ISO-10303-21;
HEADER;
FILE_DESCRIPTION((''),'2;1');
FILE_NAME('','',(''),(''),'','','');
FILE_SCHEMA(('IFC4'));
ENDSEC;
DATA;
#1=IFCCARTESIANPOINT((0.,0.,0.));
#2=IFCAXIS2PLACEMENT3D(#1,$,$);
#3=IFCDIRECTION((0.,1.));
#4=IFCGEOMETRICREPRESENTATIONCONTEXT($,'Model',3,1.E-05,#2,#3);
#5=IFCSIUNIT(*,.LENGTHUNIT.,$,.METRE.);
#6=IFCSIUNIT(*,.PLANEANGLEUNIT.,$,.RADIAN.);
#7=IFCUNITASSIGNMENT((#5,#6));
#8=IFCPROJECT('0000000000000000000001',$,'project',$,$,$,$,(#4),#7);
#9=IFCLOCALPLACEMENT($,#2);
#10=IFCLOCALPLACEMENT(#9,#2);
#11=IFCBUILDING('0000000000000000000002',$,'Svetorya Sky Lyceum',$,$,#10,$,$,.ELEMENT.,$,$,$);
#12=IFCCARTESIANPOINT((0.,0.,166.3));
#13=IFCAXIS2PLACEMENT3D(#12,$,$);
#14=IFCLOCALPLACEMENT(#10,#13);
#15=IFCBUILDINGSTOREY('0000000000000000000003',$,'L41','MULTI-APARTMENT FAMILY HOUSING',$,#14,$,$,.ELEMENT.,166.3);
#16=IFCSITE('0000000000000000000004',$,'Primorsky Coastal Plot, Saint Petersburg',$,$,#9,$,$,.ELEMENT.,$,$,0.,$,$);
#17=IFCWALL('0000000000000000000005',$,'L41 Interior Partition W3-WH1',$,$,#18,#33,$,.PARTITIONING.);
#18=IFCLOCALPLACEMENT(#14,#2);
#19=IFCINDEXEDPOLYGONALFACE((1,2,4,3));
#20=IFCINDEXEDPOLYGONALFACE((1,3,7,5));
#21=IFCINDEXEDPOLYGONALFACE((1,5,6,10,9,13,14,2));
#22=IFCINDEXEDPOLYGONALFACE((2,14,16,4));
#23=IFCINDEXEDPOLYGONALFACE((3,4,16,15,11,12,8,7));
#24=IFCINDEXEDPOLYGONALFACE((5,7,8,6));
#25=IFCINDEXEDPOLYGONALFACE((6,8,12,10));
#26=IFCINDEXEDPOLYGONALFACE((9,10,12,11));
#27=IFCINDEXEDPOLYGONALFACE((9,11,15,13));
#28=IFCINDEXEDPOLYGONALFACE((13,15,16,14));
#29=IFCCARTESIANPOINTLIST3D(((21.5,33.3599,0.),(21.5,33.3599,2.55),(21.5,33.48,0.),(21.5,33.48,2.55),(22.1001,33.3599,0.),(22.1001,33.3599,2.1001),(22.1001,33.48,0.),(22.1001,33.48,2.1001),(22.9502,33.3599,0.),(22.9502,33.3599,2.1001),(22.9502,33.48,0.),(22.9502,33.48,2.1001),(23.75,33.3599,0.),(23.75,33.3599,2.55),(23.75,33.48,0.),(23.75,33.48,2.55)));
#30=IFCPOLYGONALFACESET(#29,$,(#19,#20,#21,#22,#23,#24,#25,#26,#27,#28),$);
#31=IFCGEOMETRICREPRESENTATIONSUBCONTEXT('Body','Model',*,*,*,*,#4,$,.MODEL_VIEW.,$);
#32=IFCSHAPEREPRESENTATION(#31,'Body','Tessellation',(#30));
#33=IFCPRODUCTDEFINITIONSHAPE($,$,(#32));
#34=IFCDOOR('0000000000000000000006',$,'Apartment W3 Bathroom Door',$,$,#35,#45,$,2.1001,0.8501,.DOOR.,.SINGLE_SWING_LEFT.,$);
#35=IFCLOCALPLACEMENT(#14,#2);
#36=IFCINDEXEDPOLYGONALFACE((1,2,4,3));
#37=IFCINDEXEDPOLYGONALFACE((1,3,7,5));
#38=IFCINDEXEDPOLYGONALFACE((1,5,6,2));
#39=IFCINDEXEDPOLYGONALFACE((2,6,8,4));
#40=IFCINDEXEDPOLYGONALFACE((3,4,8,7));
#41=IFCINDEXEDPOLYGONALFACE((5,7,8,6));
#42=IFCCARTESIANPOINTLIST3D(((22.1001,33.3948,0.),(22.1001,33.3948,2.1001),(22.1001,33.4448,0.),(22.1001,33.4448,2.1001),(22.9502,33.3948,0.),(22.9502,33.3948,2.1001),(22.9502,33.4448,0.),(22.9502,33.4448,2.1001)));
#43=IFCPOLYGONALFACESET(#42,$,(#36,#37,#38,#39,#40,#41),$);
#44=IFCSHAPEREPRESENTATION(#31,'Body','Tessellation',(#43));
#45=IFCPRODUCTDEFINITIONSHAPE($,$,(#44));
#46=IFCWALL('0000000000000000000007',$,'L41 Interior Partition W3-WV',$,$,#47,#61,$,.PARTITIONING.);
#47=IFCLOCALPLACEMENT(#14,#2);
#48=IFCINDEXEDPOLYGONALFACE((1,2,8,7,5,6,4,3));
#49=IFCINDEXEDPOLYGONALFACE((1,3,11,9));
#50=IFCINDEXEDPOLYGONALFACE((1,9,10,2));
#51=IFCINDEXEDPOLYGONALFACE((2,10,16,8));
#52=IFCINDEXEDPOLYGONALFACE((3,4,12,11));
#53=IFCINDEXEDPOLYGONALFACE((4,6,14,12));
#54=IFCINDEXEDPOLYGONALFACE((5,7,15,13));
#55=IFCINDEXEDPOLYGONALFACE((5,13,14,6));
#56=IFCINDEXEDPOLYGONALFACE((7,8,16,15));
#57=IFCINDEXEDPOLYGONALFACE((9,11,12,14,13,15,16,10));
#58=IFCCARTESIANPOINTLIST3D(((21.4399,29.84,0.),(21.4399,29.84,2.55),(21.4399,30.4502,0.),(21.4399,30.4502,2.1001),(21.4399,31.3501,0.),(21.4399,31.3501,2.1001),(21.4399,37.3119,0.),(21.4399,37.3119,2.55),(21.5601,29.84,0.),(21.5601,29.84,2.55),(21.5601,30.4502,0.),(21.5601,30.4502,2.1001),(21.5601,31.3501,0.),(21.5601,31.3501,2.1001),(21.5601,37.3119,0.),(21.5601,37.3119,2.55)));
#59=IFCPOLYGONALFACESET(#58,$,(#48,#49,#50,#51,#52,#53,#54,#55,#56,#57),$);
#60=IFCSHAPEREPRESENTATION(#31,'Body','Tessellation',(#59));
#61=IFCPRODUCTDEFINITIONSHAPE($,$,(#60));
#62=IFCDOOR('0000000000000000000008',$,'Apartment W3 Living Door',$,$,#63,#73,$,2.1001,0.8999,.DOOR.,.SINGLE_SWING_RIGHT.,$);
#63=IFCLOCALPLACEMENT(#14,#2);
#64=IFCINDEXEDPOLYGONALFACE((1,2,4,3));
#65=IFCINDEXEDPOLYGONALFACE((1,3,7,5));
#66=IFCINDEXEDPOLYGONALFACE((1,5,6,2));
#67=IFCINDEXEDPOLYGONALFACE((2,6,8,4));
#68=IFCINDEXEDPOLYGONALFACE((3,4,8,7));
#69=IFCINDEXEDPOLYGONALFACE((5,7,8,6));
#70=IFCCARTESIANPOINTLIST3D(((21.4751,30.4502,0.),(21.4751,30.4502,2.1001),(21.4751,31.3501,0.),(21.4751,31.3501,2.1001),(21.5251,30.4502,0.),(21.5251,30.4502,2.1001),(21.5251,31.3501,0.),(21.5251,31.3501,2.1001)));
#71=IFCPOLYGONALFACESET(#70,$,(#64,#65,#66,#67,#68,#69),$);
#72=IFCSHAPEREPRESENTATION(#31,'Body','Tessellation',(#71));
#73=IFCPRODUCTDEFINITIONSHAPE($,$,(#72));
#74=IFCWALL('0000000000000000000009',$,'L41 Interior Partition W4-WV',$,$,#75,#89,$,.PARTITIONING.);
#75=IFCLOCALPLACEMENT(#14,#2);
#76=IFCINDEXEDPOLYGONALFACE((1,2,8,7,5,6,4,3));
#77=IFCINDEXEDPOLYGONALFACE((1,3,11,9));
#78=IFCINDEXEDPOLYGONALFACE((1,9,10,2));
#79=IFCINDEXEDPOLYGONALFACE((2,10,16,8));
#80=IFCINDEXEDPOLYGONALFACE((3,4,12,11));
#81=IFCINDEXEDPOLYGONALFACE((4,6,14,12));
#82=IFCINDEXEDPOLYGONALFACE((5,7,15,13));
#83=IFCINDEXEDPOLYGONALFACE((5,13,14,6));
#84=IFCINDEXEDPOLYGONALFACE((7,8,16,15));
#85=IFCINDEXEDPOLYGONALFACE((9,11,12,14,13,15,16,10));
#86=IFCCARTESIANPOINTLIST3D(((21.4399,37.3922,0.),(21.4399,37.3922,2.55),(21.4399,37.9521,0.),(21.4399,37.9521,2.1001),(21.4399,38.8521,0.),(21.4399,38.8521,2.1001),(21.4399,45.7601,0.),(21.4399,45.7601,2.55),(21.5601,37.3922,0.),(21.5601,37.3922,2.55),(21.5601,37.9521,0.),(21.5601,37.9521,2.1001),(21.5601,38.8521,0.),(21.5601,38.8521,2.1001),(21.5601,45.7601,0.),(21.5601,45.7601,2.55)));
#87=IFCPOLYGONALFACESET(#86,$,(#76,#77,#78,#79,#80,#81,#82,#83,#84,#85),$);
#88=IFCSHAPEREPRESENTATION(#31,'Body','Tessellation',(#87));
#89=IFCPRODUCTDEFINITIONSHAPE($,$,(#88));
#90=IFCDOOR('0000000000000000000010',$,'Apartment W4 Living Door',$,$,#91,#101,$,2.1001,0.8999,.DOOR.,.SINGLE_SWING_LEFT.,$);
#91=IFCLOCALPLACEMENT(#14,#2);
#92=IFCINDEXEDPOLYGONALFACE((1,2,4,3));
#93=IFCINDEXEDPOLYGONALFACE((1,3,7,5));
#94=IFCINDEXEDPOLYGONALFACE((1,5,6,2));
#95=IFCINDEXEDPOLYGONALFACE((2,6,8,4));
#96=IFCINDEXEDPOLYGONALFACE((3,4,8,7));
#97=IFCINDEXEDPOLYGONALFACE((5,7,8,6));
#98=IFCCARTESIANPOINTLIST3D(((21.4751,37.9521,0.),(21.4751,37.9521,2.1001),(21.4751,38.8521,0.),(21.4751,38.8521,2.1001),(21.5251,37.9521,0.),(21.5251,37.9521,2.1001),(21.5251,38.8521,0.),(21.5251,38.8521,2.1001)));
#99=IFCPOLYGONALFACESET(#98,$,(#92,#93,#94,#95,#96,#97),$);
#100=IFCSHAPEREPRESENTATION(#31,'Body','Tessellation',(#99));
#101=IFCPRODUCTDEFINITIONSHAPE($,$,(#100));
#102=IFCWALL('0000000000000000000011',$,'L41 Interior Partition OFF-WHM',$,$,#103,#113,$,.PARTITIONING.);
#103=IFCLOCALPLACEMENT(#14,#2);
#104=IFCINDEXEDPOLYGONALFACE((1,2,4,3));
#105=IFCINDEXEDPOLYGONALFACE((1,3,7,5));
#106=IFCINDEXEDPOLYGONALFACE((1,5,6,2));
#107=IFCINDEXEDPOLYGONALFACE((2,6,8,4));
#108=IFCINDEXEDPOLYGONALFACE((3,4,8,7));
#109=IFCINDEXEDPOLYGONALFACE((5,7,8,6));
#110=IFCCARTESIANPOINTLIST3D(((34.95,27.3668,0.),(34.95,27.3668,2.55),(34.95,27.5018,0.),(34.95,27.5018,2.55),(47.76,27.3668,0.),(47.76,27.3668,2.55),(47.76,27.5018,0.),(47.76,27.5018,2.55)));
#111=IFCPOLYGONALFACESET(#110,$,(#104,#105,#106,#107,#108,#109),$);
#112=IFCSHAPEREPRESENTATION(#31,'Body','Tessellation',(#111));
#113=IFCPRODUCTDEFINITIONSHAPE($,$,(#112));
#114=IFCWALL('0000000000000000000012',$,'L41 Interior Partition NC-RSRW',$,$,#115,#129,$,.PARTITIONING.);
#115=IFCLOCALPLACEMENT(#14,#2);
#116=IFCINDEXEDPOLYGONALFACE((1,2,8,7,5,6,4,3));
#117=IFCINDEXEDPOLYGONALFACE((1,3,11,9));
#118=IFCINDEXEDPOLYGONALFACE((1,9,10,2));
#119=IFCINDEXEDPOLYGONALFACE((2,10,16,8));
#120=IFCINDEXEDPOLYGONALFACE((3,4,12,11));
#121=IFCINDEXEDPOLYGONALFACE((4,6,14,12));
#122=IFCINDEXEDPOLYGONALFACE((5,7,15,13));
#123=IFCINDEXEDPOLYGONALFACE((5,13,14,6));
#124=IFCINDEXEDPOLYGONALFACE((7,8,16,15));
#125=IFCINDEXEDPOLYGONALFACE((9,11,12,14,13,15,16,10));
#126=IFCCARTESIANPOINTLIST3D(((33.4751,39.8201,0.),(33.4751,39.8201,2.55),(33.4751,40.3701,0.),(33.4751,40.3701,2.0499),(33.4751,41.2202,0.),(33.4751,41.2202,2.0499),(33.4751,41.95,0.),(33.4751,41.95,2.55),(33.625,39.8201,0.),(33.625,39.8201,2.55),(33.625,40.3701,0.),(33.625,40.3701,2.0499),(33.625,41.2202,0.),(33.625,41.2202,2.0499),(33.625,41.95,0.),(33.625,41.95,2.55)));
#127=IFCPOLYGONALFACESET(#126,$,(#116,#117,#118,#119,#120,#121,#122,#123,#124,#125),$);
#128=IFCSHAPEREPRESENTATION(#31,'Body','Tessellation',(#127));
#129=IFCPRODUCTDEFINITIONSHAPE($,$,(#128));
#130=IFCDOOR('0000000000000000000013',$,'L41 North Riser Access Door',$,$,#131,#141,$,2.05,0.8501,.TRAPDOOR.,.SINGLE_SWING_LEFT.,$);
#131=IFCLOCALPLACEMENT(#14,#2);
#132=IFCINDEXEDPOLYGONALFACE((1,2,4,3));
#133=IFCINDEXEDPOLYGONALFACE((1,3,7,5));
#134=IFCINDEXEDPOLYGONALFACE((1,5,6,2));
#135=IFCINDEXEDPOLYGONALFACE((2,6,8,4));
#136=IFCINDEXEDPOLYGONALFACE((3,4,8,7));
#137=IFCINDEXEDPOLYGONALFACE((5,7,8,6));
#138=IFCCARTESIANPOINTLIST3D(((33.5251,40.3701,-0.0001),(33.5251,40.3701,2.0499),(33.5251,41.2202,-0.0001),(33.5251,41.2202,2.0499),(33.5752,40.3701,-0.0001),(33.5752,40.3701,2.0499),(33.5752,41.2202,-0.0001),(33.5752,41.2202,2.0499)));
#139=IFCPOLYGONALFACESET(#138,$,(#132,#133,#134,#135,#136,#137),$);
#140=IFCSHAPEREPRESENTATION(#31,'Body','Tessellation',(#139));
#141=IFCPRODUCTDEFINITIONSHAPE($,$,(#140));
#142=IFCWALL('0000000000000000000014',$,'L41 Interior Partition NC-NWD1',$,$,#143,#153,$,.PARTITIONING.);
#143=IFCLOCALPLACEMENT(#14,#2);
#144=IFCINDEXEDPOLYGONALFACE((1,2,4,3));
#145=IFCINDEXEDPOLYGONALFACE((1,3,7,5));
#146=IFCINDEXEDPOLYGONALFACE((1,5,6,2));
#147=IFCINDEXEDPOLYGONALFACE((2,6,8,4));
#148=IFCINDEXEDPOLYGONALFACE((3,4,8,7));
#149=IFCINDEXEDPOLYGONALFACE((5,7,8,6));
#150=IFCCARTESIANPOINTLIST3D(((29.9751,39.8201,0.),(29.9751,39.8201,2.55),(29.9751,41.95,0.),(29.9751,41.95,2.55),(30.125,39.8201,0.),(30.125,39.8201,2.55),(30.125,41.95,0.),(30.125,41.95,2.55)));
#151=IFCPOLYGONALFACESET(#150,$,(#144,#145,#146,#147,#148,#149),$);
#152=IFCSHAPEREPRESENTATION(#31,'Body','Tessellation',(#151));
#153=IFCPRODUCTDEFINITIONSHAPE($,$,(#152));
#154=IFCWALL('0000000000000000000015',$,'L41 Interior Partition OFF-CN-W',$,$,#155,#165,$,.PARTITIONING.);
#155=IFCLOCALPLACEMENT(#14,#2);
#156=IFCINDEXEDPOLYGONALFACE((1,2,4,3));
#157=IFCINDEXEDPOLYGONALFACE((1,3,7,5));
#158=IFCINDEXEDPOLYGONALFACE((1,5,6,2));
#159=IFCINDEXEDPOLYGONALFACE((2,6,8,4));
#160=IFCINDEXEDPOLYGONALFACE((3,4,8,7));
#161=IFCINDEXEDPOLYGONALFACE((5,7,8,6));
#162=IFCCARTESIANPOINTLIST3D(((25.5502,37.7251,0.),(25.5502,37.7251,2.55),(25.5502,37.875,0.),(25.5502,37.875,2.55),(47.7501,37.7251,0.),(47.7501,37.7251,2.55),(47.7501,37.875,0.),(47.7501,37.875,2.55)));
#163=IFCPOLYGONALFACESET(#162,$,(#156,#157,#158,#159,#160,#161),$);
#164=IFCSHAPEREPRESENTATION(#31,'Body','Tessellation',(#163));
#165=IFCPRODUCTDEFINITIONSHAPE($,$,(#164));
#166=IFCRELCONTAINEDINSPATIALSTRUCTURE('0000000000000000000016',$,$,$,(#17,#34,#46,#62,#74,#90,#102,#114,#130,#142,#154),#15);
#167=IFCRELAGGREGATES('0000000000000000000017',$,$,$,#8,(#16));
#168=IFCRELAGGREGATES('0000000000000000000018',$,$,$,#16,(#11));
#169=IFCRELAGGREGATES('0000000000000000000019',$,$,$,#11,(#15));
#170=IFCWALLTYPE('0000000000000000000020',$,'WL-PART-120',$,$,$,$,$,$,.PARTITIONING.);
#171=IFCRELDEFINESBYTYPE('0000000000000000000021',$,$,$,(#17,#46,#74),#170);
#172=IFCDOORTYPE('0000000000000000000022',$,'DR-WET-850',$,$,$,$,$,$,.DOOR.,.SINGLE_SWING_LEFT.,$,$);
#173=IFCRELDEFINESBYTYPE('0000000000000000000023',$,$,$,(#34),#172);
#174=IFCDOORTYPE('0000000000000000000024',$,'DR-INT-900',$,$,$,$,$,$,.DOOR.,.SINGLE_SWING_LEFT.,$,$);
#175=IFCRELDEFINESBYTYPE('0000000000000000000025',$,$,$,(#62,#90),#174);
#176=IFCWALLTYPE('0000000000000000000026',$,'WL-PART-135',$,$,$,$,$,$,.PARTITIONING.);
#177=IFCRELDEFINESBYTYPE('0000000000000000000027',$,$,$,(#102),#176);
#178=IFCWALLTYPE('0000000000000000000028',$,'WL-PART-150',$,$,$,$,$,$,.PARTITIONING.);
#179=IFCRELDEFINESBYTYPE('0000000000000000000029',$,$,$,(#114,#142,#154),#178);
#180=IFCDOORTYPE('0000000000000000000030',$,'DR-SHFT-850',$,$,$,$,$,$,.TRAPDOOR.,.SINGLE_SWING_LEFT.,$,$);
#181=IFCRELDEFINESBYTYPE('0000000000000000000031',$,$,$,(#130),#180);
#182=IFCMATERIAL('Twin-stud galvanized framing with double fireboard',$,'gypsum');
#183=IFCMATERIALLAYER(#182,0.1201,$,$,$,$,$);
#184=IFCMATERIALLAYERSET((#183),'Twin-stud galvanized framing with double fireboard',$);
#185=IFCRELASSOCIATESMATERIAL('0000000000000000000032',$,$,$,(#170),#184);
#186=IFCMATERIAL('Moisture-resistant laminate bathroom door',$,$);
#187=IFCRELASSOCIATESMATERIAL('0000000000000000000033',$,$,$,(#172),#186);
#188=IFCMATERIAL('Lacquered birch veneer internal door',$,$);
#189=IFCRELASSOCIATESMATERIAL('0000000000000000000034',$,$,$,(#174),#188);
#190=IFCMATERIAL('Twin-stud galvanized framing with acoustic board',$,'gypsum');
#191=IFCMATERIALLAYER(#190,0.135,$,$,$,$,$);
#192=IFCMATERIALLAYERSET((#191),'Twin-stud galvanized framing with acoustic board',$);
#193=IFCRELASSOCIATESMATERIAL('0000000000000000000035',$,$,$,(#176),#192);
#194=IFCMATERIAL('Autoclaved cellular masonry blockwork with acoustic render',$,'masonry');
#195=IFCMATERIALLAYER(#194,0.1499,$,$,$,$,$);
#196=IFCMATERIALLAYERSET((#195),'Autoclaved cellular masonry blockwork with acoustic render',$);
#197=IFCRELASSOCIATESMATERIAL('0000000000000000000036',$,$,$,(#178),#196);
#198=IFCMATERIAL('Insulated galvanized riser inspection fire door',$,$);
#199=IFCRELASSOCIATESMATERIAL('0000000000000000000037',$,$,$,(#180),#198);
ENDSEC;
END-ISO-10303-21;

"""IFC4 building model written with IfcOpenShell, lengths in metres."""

from ifc_helpers import new_model, si_unit, direction, frame, frame_2d, origin, place, context, subcontext, project, spatial, rectangle, extrude, material, layer, layer_set, type_object, element, fill, save


model = new_model("IFC4")

# Units and contexts
model_context = context("Model", 3, precision=1e-05, world=origin(), true_north=direction((0.0, 1.0)))
body_context = subcontext(model_context, "Body", "Model", "MODEL_VIEW")
ifc_project = project(units=[si_unit("LENGTHUNIT", "METRE"), si_unit("PLANEANGLEUNIT", "RADIAN")], contexts=[model_context])

# Site, building, storey
site_placement = place(None, origin())
site = spatial("IfcSite", under=ifc_project, at=site_placement, Name="Primorsky Coastal Plot, Saint Petersburg", CompositionType="ELEMENT", RefElevation=0.0)
building_placement = place(site_placement, origin())
building = spatial("IfcBuilding", under=site, at=building_placement, Name="Svetorya Sky Lyceum", CompositionType="ELEMENT")
storey_placement = place(building_placement, frame((0.0, 0.0, 166.3)))
storey = spatial("IfcBuildingStorey", under=building, at=storey_placement, Name="L41", Description="MULTI-APARTMENT FAMILY HOUSING", CompositionType="ELEMENT", Elevation=166.3)

# Walls, openings, doors
ifc_material_1 = material(Name="Twin-stud galvanized framing with double fireboard", Category="gypsum")
ifc_layer_1 = layer(ifc_material_1, 0.1201)
ifc_layer_set_1 = layer_set([ifc_layer_1], Name="Twin-stud galvanized framing with double fireboard")
wall_type_1 = type_object("IfcWallType", Name="WL-PART-120", PredefinedType="PARTITIONING", material=ifc_layer_set_1)
wall_1_placement = place(storey_placement, frame((21.5, 33.4199, 0.0), z_axis=(0.0, 0.0, 1.0), x_axis=(1.0, 0.0, 0.0)))
wall_1 = element("IfcWall", 1, at=wall_1_placement, inside=storey, type_object=wall_type_1, Name="L41 Interior Partition W3-WH1", PredefinedType="PARTITIONING", context=body_context, shape_type="SweptSolid", body=[
    extrude(rectangle(XDim=2.25, YDim=0.1201, at=frame_2d((1.125, 0.0))), origin(), (0.0, 0.0, 1.0), 2.55),
])
opening_1_placement = place(wall_1_placement, frame((0.6001, 0.0, 0.0)))
opening_1 = element("IfcOpeningElement", 2, at=opening_1_placement, cuts=wall_1, PredefinedType="OPENING", context=body_context, shape_type="SweptSolid", body=[
    extrude(rectangle(XDim=0.8501, YDim=2.1001, at=frame_2d((0.425, 1.05))), frame((0.0, 0.0701, 0.0), z_axis=(0.0, -1.0, 0.0), x_axis=(1.0, 0.0, 0.0)), (0.0, 0.0, 1.0), 0.1401),
])
ifc_material_2 = material(Name="Moisture-resistant laminate bathroom door")
door_type_1 = type_object("IfcDoorType", Name="DR-WET-850", OperationType="SINGLE_SWING_LEFT", PredefinedType="DOOR", material=ifc_material_2)
door_1_placement = place(opening_1_placement, origin())
door_1 = element("IfcDoor", 3, at=door_1_placement, inside=storey, type_object=door_type_1, Name="Apartment W3 Bathroom Door", OperationType="SINGLE_SWING_LEFT", OverallHeight=2.1001, OverallWidth=0.8501, PredefinedType="DOOR", context=body_context, shape_type="SweptSolid", body=[
    extrude(rectangle(XDim=0.8501, YDim=2.1001, at=frame_2d((0.425, 1.05))), frame((0.0, 0.0249, 0.0), z_axis=(0.0, -1.0, 0.0), x_axis=(1.0, 0.0, 0.0)), (0.0, 0.0, 1.0), 0.05),
])
fill(opening_1, door_1)
wall_2_placement = place(storey_placement, frame((21.5, 29.8401, 0.0), z_axis=(0.0, 0.0, 1.0), x_axis=(0.0, 1.0, 0.0)))
wall_2 = element("IfcWall", 4, at=wall_2_placement, inside=storey, type_object=wall_type_1, Name="L41 Interior Partition W3-WV", PredefinedType="PARTITIONING", context=body_context, shape_type="SweptSolid", body=[
    extrude(rectangle(XDim=7.4719, YDim=0.1201, at=frame_2d((3.7358, 0.0))), origin(), (0.0, 0.0, 1.0), 2.55),
])
opening_2_placement = place(wall_2_placement, frame((0.6101, 0.0, 0.0)))
opening_2 = element("IfcOpeningElement", 5, at=opening_2_placement, cuts=wall_2, PredefinedType="OPENING", context=body_context, shape_type="SweptSolid", body=[
    extrude(rectangle(XDim=0.8999, YDim=2.1001, at=frame_2d((0.45, 1.05))), frame((0.0, 0.0701, 0.0), z_axis=(0.0, -1.0, 0.0), x_axis=(1.0, 0.0, 0.0)), (0.0, 0.0, 1.0), 0.1401),
])
ifc_material_3 = material(Name="Lacquered birch veneer internal door")
door_type_2 = type_object("IfcDoorType", Name="DR-INT-900", OperationType="SINGLE_SWING_LEFT", PredefinedType="DOOR", material=ifc_material_3)
door_2_placement = place(opening_2_placement, origin())
door_2 = element("IfcDoor", 6, at=door_2_placement, inside=storey, type_object=door_type_2, Name="Apartment W3 Living Door", OperationType="SINGLE_SWING_RIGHT", OverallHeight=2.1001, OverallWidth=0.8999, PredefinedType="DOOR", context=body_context, shape_type="SweptSolid", body=[
    extrude(rectangle(XDim=0.8999, YDim=2.1001, at=frame_2d((0.45, 1.05))), frame((0.0, 0.0249, 0.0), z_axis=(0.0, -1.0, 0.0), x_axis=(1.0, 0.0, 0.0)), (0.0, 0.0, 1.0), 0.05),
])
fill(opening_2, door_2)
wall_3_placement = place(storey_placement, frame((21.5, 37.3921, 0.0), z_axis=(0.0, 0.0, 1.0), x_axis=(0.0, 1.0, 0.0)))
wall_3 = element("IfcWall", 7, at=wall_3_placement, inside=storey, type_object=wall_type_1, Name="L41 Interior Partition W4-WV", PredefinedType="PARTITIONING", context=body_context, shape_type="SweptSolid", body=[
    extrude(rectangle(XDim=8.3679, YDim=0.1201, at=frame_2d((4.1841, 0.0))), origin(), (0.0, 0.0, 1.0), 2.55),
])
opening_3_placement = place(wall_3_placement, frame((0.5601, 0.0, 0.0)))
opening_3 = element("IfcOpeningElement", 8, at=opening_3_placement, cuts=wall_3, PredefinedType="OPENING", context=body_context, shape_type="SweptSolid", body=[
    extrude(rectangle(XDim=0.8999, YDim=2.1001, at=frame_2d((0.45, 1.05))), frame((0.0, 0.0701, 0.0), z_axis=(0.0, -1.0, 0.0), x_axis=(1.0, 0.0, 0.0)), (0.0, 0.0, 1.0), 0.1401),
])
door_3_placement = place(opening_3_placement, origin())
door_3 = element("IfcDoor", 9, at=door_3_placement, inside=storey, type_object=door_type_2, Name="Apartment W4 Living Door", OperationType="SINGLE_SWING_LEFT", OverallHeight=2.1001, OverallWidth=0.8999, PredefinedType="DOOR", context=body_context, shape_type="SweptSolid", body=[
    extrude(rectangle(XDim=0.8999, YDim=2.1001, at=frame_2d((0.45, 1.05))), frame((0.0, 0.0249, 0.0), z_axis=(0.0, -1.0, 0.0), x_axis=(1.0, 0.0, 0.0)), (0.0, 0.0, 1.0), 0.05),
])
fill(opening_3, door_3)

# Wall
ifc_material_4 = material(Name="Twin-stud galvanized framing with acoustic board", Category="gypsum")
ifc_layer_2 = layer(ifc_material_4, 0.135)
ifc_layer_set_2 = layer_set([ifc_layer_2], Name="Twin-stud galvanized framing with acoustic board")
wall_type_2 = type_object("IfcWallType", Name="WL-PART-135", PredefinedType="PARTITIONING", material=ifc_layer_set_2)
wall_4_placement = place(storey_placement, frame((34.95, 27.4343, 0.0), z_axis=(0.0, 0.0, 1.0), x_axis=(1.0, 0.0, 0.0)))
element("IfcWall", 10, at=wall_4_placement, inside=storey, type_object=wall_type_2, Name="L41 Interior Partition OFF-WHM", PredefinedType="PARTITIONING", context=body_context, shape_type="SweptSolid", body=[
    extrude(rectangle(XDim=12.8101, YDim=0.135, at=frame_2d((6.405, 0.0))), origin(), (0.0, 0.0, 1.0), 2.55),
])

# Wall, opening, door
ifc_material_5 = material(Name="Autoclaved cellular masonry blockwork with acoustic render", Category="masonry")
ifc_layer_3 = layer(ifc_material_5, 0.1499)
ifc_layer_set_3 = layer_set([ifc_layer_3], Name="Autoclaved cellular masonry blockwork with acoustic render")
wall_type_3 = type_object("IfcWallType", Name="WL-PART-150", PredefinedType="PARTITIONING", material=ifc_layer_set_3)
wall_5_placement = place(storey_placement, frame((33.55, 39.8201, 0.0), z_axis=(0.0, 0.0, 1.0), x_axis=(0.0, 1.0, 0.0)))
wall_5 = element("IfcWall", 11, at=wall_5_placement, inside=storey, type_object=wall_type_3, Name="L41 Interior Partition NC-RSRW", PredefinedType="PARTITIONING", context=body_context, shape_type="SweptSolid", body=[
    extrude(rectangle(XDim=2.1299, YDim=0.1499, at=frame_2d((1.0649, 0.0))), origin(), (0.0, 0.0, 1.0), 2.55),
])
opening_4_placement = place(wall_5_placement, frame((0.55, 0.0, 0.0)))
opening_4 = element("IfcOpeningElement", 12, at=opening_4_placement, cuts=wall_5, PredefinedType="OPENING", context=body_context, shape_type="SweptSolid", body=[
    extrude(rectangle(XDim=0.8501, YDim=2.05, at=frame_2d((0.425, 1.0249))), frame((0.0, 0.085, 0.0), z_axis=(0.0, -1.0, 0.0), x_axis=(1.0, 0.0, 0.0)), (0.0, 0.0, 1.0), 0.1699),
])
ifc_material_6 = material(Name="Insulated galvanized riser inspection fire door")
door_type_3 = type_object("IfcDoorType", Name="DR-SHFT-850", OperationType="SINGLE_SWING_LEFT", PredefinedType="TRAPDOOR", material=ifc_material_6)
door_4_placement = place(opening_4_placement, origin())
door_4 = element("IfcDoor", 13, at=door_4_placement, inside=storey, type_object=door_type_3, Name="L41 North Riser Access Door", OperationType="SINGLE_SWING_LEFT", OverallHeight=2.05, OverallWidth=0.8501, PredefinedType="TRAPDOOR", context=body_context, shape_type="SweptSolid", body=[
    extrude(rectangle(XDim=0.8501, YDim=2.05, at=frame_2d((0.425, 1.0249))), frame((0.0, 0.0249, 0.0), z_axis=(0.0, -1.0, 0.0), x_axis=(1.0, 0.0, 0.0)), (0.0, 0.0, 1.0), 0.05),
])
fill(opening_4, door_4)

# Walls
wall_6_placement = place(storey_placement, frame((30.05, 39.8201, 0.0), z_axis=(0.0, 0.0, 1.0), x_axis=(0.0, 1.0, 0.0)))
element("IfcWall", 14, at=wall_6_placement, inside=storey, type_object=wall_type_3, Name="L41 Interior Partition NC-NWD1", PredefinedType="PARTITIONING", context=body_context, shape_type="SweptSolid", body=[
    extrude(rectangle(XDim=2.1299, YDim=0.1499, at=frame_2d((1.0649, 0.0))), origin(), (0.0, 0.0, 1.0), 2.55),
])
wall_7_placement = place(storey_placement, frame((25.55, 37.8, 0.0), z_axis=(0.0, 0.0, 1.0), x_axis=(1.0, 0.0, 0.0)))
element("IfcWall", 15, at=wall_7_placement, inside=storey, type_object=wall_type_3, Name="L41 Interior Partition OFF-CN-W", PredefinedType="PARTITIONING", context=body_context, shape_type="SweptSolid", body=[
    extrude(rectangle(XDim=22.2, YDim=0.1499, at=frame_2d((11.1001, 0.0))), origin(), (0.0, 0.0, 1.0), 2.55),
])

save(model, "model.ifc")
